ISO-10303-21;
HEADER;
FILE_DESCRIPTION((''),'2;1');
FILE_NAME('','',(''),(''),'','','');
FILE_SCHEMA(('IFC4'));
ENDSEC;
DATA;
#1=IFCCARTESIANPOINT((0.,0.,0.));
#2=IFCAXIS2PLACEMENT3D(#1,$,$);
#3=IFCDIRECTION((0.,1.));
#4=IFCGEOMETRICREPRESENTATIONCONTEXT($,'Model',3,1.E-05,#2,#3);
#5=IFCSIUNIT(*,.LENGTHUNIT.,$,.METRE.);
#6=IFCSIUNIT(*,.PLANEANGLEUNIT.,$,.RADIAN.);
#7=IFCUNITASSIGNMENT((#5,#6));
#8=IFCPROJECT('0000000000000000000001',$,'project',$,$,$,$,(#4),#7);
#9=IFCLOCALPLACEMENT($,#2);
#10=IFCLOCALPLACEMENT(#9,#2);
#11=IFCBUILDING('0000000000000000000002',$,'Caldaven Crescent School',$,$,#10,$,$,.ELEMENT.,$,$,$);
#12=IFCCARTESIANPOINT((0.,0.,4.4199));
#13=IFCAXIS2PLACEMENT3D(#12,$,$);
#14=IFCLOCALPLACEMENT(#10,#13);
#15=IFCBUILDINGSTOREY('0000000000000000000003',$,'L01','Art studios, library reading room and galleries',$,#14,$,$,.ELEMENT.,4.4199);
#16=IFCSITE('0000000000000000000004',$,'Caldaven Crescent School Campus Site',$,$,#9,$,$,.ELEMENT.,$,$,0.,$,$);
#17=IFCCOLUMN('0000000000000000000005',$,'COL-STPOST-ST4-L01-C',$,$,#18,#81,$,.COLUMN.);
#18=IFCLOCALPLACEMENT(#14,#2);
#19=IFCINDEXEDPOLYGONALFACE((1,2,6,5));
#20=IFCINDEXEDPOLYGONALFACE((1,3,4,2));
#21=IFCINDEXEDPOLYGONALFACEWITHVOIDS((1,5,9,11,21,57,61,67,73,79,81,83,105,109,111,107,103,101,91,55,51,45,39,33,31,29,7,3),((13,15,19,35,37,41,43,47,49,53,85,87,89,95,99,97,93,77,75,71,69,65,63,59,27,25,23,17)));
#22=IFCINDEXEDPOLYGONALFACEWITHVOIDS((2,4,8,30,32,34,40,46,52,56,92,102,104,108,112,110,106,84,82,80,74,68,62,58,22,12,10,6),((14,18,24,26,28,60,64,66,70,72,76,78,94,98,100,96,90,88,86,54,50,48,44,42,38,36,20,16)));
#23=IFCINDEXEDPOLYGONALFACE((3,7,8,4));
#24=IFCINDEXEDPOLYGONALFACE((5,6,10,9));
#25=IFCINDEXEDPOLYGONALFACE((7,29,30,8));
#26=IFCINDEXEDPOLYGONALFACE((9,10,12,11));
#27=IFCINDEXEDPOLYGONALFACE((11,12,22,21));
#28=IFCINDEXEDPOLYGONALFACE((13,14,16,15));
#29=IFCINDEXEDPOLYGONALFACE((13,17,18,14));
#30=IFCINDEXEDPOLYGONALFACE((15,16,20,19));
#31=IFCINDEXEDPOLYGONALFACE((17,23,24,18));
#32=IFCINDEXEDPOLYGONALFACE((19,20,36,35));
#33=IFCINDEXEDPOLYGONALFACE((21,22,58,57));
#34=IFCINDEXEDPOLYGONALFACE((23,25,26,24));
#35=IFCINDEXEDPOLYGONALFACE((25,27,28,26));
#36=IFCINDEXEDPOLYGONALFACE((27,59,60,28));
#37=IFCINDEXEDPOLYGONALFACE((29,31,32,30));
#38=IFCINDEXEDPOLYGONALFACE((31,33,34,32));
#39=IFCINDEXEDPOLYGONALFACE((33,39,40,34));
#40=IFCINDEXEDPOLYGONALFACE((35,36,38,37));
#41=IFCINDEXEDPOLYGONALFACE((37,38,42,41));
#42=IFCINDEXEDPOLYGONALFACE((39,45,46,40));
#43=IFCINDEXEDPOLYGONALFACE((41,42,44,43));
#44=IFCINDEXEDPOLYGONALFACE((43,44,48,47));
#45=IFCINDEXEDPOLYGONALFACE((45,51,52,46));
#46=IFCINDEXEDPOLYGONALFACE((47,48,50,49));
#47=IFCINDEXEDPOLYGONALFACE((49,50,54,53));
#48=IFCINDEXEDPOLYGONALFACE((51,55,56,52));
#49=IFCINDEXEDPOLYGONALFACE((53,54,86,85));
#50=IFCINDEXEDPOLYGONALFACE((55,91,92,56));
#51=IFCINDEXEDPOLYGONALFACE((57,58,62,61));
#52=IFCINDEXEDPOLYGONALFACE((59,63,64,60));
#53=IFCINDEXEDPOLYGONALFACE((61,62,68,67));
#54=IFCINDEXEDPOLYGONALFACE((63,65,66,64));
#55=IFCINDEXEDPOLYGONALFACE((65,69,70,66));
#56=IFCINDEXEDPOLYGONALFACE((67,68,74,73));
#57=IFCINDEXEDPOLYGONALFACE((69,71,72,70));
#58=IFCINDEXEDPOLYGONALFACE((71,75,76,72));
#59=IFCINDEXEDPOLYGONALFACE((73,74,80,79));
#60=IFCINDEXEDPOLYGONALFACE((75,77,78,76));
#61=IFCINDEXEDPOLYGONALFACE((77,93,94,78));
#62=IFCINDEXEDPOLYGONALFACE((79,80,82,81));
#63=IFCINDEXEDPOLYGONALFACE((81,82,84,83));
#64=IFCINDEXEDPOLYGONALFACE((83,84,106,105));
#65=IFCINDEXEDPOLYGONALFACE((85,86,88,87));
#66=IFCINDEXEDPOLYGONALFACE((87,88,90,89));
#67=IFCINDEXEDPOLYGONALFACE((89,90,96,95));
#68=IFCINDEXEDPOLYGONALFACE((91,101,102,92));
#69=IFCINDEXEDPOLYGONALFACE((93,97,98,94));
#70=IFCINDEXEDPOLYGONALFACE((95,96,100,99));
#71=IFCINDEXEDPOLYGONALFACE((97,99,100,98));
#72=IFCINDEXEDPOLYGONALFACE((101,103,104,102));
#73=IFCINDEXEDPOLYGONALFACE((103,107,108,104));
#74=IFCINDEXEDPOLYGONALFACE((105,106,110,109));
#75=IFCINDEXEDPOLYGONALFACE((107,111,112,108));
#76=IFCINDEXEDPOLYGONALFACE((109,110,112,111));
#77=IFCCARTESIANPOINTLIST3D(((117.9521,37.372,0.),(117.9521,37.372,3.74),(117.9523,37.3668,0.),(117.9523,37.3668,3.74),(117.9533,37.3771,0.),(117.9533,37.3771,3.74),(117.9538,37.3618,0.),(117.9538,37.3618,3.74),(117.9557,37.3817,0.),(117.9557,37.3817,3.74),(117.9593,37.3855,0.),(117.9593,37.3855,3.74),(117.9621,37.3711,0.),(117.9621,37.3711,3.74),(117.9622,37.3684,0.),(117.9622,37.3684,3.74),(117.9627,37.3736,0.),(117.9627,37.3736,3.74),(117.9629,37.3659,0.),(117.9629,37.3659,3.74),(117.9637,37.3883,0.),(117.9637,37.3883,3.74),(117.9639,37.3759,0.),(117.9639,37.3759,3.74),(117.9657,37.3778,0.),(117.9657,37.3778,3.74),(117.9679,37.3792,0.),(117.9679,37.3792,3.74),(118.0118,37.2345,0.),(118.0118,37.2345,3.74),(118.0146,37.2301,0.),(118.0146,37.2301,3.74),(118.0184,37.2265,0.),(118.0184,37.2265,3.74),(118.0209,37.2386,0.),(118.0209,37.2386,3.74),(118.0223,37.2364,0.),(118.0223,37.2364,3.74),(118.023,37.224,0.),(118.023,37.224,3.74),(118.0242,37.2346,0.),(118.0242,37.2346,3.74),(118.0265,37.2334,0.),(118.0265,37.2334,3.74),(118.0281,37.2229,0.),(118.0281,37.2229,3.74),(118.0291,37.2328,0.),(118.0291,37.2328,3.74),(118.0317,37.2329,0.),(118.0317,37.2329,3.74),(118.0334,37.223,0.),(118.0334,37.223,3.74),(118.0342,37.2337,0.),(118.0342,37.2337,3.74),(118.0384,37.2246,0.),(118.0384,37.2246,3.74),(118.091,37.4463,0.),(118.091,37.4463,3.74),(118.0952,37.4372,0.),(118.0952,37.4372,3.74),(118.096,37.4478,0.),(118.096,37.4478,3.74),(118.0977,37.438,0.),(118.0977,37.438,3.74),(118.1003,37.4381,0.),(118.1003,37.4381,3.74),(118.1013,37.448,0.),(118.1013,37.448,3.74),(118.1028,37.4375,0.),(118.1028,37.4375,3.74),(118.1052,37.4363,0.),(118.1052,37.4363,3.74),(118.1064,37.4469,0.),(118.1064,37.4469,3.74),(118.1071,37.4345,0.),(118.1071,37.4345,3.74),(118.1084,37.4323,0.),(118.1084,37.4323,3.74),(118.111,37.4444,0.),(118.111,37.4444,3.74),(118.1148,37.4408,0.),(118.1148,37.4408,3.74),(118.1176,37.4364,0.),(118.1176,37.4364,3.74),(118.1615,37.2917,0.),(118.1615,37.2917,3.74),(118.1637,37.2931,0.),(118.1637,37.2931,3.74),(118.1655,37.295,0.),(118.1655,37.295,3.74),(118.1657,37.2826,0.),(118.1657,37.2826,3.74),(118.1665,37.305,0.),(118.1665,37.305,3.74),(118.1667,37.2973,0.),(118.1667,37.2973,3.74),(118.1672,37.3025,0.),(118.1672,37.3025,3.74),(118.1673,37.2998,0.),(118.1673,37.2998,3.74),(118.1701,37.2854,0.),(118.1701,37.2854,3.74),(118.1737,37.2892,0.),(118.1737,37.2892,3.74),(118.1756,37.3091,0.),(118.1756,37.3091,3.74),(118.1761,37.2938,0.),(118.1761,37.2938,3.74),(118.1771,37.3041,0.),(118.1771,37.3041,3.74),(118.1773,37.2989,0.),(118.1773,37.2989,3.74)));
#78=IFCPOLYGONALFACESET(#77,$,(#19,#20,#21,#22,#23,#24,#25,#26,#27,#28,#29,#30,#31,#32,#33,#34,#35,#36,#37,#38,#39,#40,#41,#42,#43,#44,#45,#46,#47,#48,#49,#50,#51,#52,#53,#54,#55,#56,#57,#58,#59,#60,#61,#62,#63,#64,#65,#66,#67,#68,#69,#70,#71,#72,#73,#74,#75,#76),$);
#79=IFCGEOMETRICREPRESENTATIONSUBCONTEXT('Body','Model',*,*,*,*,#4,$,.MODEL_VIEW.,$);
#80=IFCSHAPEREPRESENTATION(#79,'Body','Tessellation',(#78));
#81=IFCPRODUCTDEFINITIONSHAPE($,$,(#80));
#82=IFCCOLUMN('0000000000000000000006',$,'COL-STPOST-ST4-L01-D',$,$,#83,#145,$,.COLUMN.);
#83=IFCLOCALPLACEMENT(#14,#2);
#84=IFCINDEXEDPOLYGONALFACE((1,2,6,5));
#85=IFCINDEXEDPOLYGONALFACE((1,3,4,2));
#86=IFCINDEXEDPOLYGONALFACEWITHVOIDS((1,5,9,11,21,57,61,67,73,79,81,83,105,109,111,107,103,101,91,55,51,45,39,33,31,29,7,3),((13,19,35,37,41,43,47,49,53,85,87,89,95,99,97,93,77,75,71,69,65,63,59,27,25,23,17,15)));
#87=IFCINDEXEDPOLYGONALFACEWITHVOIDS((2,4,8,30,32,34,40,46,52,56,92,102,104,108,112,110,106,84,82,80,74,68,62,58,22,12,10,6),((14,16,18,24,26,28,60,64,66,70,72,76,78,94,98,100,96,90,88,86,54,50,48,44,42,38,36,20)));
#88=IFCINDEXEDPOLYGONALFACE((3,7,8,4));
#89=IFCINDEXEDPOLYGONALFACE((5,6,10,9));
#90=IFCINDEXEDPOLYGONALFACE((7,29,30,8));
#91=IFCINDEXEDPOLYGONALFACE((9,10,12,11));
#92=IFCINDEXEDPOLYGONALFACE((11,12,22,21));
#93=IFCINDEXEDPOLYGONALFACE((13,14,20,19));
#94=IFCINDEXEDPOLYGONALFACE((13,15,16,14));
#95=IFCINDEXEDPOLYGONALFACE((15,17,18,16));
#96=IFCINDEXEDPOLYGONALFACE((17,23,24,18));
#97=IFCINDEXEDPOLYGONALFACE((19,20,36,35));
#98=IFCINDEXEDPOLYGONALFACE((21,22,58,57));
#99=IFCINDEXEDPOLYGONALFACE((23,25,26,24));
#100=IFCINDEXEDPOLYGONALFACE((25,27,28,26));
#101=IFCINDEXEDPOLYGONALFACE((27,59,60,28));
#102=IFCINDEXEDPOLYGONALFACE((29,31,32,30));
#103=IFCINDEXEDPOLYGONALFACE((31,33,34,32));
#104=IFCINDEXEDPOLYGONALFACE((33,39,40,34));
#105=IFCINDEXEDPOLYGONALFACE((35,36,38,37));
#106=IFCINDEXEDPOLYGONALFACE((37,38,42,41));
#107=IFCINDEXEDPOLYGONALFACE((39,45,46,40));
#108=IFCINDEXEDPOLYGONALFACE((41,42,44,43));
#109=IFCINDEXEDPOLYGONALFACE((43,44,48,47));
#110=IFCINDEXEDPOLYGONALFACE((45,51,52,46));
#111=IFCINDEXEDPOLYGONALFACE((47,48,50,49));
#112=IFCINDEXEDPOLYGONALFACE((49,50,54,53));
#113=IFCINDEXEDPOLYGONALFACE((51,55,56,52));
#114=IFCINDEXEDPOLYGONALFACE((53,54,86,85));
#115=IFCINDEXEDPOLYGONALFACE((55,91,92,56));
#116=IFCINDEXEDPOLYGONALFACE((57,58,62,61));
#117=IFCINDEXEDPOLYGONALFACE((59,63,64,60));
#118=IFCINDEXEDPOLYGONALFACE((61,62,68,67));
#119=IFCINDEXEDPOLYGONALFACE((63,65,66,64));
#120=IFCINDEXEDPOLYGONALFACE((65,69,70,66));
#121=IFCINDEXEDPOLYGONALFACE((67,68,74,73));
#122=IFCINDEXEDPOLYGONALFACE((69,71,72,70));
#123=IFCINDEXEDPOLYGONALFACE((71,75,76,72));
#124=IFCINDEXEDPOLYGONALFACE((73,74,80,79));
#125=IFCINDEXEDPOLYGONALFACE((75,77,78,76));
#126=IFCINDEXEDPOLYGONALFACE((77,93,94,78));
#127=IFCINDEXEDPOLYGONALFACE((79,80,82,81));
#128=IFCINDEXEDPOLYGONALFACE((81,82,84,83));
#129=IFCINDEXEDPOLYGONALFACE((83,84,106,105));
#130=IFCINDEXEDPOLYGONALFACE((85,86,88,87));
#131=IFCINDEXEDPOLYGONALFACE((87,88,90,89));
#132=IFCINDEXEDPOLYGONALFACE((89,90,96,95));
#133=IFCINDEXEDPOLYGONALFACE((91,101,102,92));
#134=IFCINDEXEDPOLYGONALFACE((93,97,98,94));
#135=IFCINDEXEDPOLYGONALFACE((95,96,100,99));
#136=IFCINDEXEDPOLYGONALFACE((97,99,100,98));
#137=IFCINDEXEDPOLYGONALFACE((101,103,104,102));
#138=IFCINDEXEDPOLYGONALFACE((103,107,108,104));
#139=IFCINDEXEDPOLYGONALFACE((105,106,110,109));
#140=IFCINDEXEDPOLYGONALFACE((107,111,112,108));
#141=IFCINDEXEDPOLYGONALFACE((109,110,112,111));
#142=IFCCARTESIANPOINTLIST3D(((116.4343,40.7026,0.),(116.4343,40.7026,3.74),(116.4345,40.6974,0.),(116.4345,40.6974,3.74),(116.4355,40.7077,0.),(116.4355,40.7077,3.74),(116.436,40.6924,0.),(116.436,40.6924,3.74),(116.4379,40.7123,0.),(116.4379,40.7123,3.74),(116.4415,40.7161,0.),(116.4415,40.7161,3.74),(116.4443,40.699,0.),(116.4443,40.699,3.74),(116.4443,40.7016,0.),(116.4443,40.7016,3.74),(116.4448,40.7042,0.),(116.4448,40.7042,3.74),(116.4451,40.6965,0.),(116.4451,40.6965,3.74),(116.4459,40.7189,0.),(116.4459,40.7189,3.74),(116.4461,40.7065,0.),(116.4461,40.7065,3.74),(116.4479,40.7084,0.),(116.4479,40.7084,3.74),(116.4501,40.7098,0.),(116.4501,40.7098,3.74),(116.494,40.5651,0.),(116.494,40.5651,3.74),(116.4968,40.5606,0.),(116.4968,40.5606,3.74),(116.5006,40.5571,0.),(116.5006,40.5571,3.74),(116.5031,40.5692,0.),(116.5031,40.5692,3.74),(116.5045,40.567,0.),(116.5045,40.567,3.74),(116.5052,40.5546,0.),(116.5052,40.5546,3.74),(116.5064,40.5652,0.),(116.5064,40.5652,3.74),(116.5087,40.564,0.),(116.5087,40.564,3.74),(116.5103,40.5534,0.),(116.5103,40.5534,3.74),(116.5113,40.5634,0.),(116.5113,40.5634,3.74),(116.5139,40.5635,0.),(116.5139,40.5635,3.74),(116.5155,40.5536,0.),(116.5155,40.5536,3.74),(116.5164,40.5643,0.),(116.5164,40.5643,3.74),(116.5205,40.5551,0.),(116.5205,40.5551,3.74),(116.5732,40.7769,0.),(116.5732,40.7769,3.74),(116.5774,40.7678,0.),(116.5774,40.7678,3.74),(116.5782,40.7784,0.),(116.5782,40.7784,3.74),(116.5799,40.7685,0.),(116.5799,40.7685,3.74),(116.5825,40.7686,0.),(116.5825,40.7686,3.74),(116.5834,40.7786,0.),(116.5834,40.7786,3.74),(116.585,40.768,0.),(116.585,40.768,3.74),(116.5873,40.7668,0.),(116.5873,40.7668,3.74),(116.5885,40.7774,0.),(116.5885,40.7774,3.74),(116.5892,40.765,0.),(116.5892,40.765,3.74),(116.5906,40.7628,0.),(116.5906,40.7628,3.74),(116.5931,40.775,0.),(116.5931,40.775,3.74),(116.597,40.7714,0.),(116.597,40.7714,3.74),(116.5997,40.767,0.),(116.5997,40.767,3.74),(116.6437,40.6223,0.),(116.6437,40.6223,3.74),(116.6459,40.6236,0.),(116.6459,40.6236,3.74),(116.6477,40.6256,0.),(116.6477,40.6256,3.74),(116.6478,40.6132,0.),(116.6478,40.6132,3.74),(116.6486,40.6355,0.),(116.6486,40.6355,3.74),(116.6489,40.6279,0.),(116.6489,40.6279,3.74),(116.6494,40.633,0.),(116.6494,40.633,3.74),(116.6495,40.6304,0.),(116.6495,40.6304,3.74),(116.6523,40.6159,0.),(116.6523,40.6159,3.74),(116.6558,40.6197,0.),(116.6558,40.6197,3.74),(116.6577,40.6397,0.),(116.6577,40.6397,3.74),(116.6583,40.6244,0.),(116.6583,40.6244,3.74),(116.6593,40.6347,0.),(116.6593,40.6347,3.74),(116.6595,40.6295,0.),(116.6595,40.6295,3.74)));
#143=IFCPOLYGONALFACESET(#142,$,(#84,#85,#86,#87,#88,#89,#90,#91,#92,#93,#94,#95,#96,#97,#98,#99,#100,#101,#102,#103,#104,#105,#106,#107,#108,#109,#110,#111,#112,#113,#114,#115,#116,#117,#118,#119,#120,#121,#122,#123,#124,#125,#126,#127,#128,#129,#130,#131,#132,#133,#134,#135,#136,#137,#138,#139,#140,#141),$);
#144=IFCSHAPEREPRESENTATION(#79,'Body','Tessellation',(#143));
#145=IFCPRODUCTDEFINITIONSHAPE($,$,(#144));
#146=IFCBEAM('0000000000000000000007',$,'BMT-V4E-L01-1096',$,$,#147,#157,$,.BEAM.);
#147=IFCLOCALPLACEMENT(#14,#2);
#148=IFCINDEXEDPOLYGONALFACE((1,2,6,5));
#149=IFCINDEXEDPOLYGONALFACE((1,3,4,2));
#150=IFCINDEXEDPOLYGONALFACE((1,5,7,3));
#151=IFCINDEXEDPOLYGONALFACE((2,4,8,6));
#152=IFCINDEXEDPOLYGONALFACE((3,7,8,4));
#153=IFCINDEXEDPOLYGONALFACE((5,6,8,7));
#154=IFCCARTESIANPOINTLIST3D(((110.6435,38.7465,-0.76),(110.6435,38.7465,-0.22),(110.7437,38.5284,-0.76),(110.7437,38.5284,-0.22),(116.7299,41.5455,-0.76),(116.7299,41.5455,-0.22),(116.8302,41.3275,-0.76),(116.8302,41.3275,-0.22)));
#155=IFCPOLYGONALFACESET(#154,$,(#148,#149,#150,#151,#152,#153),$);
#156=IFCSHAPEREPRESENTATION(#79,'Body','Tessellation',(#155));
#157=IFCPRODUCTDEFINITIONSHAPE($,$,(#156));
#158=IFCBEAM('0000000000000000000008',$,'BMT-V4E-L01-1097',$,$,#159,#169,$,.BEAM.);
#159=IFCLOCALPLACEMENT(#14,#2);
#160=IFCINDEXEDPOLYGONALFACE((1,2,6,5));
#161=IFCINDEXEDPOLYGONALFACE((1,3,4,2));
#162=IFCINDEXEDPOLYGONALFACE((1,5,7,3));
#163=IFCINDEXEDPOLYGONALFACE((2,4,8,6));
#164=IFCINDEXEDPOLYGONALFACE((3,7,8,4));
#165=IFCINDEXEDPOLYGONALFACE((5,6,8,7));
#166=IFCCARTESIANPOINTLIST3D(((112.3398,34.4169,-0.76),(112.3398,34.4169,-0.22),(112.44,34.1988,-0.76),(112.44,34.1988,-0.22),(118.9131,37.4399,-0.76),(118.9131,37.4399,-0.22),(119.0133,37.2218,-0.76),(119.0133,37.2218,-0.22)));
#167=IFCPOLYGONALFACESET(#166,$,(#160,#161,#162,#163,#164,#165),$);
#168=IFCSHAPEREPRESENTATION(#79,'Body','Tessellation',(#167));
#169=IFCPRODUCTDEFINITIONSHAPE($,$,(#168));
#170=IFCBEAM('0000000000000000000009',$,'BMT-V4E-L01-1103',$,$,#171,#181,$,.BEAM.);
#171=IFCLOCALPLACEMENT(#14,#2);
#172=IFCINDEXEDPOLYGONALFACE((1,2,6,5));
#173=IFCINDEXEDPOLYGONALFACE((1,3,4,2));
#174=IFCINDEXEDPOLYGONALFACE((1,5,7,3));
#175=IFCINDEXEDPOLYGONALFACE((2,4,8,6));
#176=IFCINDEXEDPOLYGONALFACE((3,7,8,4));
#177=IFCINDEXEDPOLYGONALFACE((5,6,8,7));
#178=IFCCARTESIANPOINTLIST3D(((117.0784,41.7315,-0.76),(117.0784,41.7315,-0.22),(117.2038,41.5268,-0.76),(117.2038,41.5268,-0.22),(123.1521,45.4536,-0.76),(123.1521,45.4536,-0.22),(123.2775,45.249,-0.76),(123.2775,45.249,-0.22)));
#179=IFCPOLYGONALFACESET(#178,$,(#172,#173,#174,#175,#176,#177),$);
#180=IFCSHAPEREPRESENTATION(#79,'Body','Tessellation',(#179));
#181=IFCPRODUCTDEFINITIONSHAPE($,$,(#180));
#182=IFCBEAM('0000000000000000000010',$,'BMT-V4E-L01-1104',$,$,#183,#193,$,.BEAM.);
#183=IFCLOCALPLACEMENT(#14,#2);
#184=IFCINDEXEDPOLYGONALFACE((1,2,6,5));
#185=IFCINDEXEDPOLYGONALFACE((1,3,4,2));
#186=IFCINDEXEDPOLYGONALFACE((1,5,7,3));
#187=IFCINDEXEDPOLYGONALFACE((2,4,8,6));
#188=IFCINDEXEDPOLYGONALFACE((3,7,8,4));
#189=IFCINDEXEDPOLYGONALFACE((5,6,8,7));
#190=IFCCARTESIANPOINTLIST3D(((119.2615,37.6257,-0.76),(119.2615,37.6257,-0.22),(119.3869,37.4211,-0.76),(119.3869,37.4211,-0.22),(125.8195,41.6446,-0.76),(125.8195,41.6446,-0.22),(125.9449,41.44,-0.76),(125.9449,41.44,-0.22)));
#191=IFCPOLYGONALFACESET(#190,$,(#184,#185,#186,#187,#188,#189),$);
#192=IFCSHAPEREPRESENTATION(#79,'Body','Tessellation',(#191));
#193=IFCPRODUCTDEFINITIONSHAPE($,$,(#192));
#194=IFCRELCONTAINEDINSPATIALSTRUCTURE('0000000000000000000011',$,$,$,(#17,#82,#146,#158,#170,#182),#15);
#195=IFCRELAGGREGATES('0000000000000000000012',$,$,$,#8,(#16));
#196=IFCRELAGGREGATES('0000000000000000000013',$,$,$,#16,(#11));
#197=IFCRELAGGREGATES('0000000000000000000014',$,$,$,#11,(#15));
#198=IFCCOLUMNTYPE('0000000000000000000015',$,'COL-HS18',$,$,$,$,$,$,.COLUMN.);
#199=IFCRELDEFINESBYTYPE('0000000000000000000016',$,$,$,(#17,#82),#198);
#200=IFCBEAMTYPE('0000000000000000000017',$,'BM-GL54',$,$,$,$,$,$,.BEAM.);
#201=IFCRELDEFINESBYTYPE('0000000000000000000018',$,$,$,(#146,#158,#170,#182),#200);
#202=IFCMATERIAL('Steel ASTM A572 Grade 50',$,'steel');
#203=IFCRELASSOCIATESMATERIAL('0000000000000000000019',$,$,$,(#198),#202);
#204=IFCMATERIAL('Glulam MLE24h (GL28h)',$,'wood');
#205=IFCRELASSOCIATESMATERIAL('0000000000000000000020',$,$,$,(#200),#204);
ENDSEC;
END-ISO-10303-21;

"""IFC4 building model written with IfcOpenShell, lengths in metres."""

from ifc_helpers import new_model, si_unit, direction, frame, origin, origin_2d, place, context, subcontext, project, spatial, rectangle, hollow_rectangle, extrude, material, material_profile, profile_set, type_object, element, save


model = new_model("IFC4")

# Units and contexts
model_context = context("Model", 3, precision=1e-05, world=origin(), true_north=direction((0.0, 1.0)))
body_context = subcontext(model_context, "Body", "Model", "MODEL_VIEW")
ifc_project = project(units=[si_unit("LENGTHUNIT", "METRE"), si_unit("PLANEANGLEUNIT", "RADIAN")], contexts=[model_context])

# Site, building, storey
site_placement = place(None, origin())
site = spatial("IfcSite", under=ifc_project, at=site_placement, Name="Caldaven Crescent School Campus Site", CompositionType="ELEMENT", RefElevation=0.0)
building_placement = place(site_placement, origin())
building = spatial("IfcBuilding", under=site, at=building_placement, Name="Caldaven Crescent School", CompositionType="ELEMENT")
storey_placement = place(building_placement, frame((0.0, 0.0, 4.4199)))
storey = spatial("IfcBuildingStorey", under=building, at=storey_placement, Name="L01", Description="Art studios, library reading room and galleries", CompositionType="ELEMENT", Elevation=4.4199)

# Columns
ifc_material_1 = material(Name="Glulam MLE24h (GL28h)", Category="wood")
ifc_material_2 = material(Name="Steel ASTM A572 Grade 50", Category="steel")
ifc_material_profile_1 = material_profile(ifc_material_2, hollow_rectangle(XDim=0.1799, YDim=0.1799, WallThickness=0.01, InnerFilletRadius=0.01, OuterFilletRadius=0.02, at=origin_2d()), Name="HSS 180x180x10")
ifc_profile_set_1 = profile_set([ifc_material_profile_1], Name="Steel ASTM A572 Grade 50")
column_type_1 = type_object("IfcColumnType", Name="COL-HS18", PredefinedType="COLUMN", material=ifc_profile_set_1)
for number, where, z_axis, x_axis, name in (
    (1, (118.0647, 37.3354, 0.0), (0.0, 0.0, 1.0), (0.909961, 0.414693, 0.0), "COL-STPOST-ST4-L01-C"),
    (2, (116.5469, 40.666, 0.0), (0.0, 0.0, 1.0), (0.909961, 0.414693, 0.0), "COL-STPOST-ST4-L01-D"),
):
    element("IfcColumn", number, at=place(storey_placement, frame(where, z_axis=z_axis, x_axis=x_axis)), inside=storey, type_object=column_type_1, Name=name, PredefinedType="COLUMN", context=body_context, shape_type="SweptSolid", body=[
        extrude(hollow_rectangle(XDim=0.1799, YDim=0.1799, WallThickness=0.01, InnerFilletRadius=0.01, OuterFilletRadius=0.02, at=origin_2d()), origin(), (0.0, 0.0, 1.0), 3.74),
    ])

# Beams
ifc_material_profile_2 = material_profile(ifc_material_1, rectangle(XDim=0.24, YDim=0.54, at=origin_2d()), Name="MLE 240x540")
ifc_profile_set_2 = profile_set([ifc_material_profile_2], Name="Glulam MLE24h (GL28h)")
beam_type_1 = type_object("IfcBeamType", Name="BM-GL54", PredefinedType="BEAM", material=ifc_profile_set_2)
beam_1_placement = place(storey_placement, frame((110.6936, 38.6375, -0.49), z_axis=(0.908529, 0.417821, 0.0), x_axis=(-0.417821, 0.908529, 0.0)))
element("IfcBeam", 3, at=beam_1_placement, inside=storey, type_object=beam_type_1, Name="BMT-V4E-L01-1096", PredefinedType="BEAM", context=body_context, shape_type="SweptSolid", body=[
    extrude(rectangle(XDim=0.24, YDim=0.54, at=origin_2d()), origin(), (0.0, 0.0, 1.0), 6.6992),
])
beam_2_placement = place(storey_placement, frame((112.3899, 34.3079, -0.49), z_axis=(0.908529, 0.417821, 0.0), x_axis=(-0.417821, 0.908529, 0.0)))
element("IfcBeam", 4, at=beam_2_placement, inside=storey, type_object=beam_type_1, Name="BMT-V4E-L01-1097", PredefinedType="BEAM", context=body_context, shape_type="SweptSolid", body=[
    extrude(rectangle(XDim=0.24, YDim=0.54, at=origin_2d()), origin(), (0.0, 0.0, 1.0), 7.2351),
])
beam_3_placement = place(storey_placement, frame((117.1411, 41.6292, -0.49), z_axis=(0.852629, 0.522517, 0.0), x_axis=(-0.522517, 0.852629, 0.0)))
element("IfcBeam", 5, at=beam_3_placement, inside=storey, type_object=beam_type_1, Name="BMT-V4E-L01-1103", PredefinedType="BEAM", context=body_context, shape_type="SweptSolid", body=[
    extrude(rectangle(XDim=0.24, YDim=0.54, at=origin_2d()), origin(), (0.0, 0.0, 1.0), 7.1235),
])
beam_4_placement = place(storey_placement, frame((119.3242, 37.5234, -0.49), z_axis=(0.852632, 0.522511, 0.0), x_axis=(-0.522511, 0.852632, 0.0)))
element("IfcBeam", 6, at=beam_4_placement, inside=storey, type_object=beam_type_1, Name="BMT-V4E-L01-1104", PredefinedType="BEAM", context=body_context, shape_type="SweptSolid", body=[
    extrude(rectangle(XDim=0.24, YDim=0.54, at=origin_2d()), origin(), (0.0, 0.0, 1.0), 7.6914),
])

save(model, "model.ifc")
